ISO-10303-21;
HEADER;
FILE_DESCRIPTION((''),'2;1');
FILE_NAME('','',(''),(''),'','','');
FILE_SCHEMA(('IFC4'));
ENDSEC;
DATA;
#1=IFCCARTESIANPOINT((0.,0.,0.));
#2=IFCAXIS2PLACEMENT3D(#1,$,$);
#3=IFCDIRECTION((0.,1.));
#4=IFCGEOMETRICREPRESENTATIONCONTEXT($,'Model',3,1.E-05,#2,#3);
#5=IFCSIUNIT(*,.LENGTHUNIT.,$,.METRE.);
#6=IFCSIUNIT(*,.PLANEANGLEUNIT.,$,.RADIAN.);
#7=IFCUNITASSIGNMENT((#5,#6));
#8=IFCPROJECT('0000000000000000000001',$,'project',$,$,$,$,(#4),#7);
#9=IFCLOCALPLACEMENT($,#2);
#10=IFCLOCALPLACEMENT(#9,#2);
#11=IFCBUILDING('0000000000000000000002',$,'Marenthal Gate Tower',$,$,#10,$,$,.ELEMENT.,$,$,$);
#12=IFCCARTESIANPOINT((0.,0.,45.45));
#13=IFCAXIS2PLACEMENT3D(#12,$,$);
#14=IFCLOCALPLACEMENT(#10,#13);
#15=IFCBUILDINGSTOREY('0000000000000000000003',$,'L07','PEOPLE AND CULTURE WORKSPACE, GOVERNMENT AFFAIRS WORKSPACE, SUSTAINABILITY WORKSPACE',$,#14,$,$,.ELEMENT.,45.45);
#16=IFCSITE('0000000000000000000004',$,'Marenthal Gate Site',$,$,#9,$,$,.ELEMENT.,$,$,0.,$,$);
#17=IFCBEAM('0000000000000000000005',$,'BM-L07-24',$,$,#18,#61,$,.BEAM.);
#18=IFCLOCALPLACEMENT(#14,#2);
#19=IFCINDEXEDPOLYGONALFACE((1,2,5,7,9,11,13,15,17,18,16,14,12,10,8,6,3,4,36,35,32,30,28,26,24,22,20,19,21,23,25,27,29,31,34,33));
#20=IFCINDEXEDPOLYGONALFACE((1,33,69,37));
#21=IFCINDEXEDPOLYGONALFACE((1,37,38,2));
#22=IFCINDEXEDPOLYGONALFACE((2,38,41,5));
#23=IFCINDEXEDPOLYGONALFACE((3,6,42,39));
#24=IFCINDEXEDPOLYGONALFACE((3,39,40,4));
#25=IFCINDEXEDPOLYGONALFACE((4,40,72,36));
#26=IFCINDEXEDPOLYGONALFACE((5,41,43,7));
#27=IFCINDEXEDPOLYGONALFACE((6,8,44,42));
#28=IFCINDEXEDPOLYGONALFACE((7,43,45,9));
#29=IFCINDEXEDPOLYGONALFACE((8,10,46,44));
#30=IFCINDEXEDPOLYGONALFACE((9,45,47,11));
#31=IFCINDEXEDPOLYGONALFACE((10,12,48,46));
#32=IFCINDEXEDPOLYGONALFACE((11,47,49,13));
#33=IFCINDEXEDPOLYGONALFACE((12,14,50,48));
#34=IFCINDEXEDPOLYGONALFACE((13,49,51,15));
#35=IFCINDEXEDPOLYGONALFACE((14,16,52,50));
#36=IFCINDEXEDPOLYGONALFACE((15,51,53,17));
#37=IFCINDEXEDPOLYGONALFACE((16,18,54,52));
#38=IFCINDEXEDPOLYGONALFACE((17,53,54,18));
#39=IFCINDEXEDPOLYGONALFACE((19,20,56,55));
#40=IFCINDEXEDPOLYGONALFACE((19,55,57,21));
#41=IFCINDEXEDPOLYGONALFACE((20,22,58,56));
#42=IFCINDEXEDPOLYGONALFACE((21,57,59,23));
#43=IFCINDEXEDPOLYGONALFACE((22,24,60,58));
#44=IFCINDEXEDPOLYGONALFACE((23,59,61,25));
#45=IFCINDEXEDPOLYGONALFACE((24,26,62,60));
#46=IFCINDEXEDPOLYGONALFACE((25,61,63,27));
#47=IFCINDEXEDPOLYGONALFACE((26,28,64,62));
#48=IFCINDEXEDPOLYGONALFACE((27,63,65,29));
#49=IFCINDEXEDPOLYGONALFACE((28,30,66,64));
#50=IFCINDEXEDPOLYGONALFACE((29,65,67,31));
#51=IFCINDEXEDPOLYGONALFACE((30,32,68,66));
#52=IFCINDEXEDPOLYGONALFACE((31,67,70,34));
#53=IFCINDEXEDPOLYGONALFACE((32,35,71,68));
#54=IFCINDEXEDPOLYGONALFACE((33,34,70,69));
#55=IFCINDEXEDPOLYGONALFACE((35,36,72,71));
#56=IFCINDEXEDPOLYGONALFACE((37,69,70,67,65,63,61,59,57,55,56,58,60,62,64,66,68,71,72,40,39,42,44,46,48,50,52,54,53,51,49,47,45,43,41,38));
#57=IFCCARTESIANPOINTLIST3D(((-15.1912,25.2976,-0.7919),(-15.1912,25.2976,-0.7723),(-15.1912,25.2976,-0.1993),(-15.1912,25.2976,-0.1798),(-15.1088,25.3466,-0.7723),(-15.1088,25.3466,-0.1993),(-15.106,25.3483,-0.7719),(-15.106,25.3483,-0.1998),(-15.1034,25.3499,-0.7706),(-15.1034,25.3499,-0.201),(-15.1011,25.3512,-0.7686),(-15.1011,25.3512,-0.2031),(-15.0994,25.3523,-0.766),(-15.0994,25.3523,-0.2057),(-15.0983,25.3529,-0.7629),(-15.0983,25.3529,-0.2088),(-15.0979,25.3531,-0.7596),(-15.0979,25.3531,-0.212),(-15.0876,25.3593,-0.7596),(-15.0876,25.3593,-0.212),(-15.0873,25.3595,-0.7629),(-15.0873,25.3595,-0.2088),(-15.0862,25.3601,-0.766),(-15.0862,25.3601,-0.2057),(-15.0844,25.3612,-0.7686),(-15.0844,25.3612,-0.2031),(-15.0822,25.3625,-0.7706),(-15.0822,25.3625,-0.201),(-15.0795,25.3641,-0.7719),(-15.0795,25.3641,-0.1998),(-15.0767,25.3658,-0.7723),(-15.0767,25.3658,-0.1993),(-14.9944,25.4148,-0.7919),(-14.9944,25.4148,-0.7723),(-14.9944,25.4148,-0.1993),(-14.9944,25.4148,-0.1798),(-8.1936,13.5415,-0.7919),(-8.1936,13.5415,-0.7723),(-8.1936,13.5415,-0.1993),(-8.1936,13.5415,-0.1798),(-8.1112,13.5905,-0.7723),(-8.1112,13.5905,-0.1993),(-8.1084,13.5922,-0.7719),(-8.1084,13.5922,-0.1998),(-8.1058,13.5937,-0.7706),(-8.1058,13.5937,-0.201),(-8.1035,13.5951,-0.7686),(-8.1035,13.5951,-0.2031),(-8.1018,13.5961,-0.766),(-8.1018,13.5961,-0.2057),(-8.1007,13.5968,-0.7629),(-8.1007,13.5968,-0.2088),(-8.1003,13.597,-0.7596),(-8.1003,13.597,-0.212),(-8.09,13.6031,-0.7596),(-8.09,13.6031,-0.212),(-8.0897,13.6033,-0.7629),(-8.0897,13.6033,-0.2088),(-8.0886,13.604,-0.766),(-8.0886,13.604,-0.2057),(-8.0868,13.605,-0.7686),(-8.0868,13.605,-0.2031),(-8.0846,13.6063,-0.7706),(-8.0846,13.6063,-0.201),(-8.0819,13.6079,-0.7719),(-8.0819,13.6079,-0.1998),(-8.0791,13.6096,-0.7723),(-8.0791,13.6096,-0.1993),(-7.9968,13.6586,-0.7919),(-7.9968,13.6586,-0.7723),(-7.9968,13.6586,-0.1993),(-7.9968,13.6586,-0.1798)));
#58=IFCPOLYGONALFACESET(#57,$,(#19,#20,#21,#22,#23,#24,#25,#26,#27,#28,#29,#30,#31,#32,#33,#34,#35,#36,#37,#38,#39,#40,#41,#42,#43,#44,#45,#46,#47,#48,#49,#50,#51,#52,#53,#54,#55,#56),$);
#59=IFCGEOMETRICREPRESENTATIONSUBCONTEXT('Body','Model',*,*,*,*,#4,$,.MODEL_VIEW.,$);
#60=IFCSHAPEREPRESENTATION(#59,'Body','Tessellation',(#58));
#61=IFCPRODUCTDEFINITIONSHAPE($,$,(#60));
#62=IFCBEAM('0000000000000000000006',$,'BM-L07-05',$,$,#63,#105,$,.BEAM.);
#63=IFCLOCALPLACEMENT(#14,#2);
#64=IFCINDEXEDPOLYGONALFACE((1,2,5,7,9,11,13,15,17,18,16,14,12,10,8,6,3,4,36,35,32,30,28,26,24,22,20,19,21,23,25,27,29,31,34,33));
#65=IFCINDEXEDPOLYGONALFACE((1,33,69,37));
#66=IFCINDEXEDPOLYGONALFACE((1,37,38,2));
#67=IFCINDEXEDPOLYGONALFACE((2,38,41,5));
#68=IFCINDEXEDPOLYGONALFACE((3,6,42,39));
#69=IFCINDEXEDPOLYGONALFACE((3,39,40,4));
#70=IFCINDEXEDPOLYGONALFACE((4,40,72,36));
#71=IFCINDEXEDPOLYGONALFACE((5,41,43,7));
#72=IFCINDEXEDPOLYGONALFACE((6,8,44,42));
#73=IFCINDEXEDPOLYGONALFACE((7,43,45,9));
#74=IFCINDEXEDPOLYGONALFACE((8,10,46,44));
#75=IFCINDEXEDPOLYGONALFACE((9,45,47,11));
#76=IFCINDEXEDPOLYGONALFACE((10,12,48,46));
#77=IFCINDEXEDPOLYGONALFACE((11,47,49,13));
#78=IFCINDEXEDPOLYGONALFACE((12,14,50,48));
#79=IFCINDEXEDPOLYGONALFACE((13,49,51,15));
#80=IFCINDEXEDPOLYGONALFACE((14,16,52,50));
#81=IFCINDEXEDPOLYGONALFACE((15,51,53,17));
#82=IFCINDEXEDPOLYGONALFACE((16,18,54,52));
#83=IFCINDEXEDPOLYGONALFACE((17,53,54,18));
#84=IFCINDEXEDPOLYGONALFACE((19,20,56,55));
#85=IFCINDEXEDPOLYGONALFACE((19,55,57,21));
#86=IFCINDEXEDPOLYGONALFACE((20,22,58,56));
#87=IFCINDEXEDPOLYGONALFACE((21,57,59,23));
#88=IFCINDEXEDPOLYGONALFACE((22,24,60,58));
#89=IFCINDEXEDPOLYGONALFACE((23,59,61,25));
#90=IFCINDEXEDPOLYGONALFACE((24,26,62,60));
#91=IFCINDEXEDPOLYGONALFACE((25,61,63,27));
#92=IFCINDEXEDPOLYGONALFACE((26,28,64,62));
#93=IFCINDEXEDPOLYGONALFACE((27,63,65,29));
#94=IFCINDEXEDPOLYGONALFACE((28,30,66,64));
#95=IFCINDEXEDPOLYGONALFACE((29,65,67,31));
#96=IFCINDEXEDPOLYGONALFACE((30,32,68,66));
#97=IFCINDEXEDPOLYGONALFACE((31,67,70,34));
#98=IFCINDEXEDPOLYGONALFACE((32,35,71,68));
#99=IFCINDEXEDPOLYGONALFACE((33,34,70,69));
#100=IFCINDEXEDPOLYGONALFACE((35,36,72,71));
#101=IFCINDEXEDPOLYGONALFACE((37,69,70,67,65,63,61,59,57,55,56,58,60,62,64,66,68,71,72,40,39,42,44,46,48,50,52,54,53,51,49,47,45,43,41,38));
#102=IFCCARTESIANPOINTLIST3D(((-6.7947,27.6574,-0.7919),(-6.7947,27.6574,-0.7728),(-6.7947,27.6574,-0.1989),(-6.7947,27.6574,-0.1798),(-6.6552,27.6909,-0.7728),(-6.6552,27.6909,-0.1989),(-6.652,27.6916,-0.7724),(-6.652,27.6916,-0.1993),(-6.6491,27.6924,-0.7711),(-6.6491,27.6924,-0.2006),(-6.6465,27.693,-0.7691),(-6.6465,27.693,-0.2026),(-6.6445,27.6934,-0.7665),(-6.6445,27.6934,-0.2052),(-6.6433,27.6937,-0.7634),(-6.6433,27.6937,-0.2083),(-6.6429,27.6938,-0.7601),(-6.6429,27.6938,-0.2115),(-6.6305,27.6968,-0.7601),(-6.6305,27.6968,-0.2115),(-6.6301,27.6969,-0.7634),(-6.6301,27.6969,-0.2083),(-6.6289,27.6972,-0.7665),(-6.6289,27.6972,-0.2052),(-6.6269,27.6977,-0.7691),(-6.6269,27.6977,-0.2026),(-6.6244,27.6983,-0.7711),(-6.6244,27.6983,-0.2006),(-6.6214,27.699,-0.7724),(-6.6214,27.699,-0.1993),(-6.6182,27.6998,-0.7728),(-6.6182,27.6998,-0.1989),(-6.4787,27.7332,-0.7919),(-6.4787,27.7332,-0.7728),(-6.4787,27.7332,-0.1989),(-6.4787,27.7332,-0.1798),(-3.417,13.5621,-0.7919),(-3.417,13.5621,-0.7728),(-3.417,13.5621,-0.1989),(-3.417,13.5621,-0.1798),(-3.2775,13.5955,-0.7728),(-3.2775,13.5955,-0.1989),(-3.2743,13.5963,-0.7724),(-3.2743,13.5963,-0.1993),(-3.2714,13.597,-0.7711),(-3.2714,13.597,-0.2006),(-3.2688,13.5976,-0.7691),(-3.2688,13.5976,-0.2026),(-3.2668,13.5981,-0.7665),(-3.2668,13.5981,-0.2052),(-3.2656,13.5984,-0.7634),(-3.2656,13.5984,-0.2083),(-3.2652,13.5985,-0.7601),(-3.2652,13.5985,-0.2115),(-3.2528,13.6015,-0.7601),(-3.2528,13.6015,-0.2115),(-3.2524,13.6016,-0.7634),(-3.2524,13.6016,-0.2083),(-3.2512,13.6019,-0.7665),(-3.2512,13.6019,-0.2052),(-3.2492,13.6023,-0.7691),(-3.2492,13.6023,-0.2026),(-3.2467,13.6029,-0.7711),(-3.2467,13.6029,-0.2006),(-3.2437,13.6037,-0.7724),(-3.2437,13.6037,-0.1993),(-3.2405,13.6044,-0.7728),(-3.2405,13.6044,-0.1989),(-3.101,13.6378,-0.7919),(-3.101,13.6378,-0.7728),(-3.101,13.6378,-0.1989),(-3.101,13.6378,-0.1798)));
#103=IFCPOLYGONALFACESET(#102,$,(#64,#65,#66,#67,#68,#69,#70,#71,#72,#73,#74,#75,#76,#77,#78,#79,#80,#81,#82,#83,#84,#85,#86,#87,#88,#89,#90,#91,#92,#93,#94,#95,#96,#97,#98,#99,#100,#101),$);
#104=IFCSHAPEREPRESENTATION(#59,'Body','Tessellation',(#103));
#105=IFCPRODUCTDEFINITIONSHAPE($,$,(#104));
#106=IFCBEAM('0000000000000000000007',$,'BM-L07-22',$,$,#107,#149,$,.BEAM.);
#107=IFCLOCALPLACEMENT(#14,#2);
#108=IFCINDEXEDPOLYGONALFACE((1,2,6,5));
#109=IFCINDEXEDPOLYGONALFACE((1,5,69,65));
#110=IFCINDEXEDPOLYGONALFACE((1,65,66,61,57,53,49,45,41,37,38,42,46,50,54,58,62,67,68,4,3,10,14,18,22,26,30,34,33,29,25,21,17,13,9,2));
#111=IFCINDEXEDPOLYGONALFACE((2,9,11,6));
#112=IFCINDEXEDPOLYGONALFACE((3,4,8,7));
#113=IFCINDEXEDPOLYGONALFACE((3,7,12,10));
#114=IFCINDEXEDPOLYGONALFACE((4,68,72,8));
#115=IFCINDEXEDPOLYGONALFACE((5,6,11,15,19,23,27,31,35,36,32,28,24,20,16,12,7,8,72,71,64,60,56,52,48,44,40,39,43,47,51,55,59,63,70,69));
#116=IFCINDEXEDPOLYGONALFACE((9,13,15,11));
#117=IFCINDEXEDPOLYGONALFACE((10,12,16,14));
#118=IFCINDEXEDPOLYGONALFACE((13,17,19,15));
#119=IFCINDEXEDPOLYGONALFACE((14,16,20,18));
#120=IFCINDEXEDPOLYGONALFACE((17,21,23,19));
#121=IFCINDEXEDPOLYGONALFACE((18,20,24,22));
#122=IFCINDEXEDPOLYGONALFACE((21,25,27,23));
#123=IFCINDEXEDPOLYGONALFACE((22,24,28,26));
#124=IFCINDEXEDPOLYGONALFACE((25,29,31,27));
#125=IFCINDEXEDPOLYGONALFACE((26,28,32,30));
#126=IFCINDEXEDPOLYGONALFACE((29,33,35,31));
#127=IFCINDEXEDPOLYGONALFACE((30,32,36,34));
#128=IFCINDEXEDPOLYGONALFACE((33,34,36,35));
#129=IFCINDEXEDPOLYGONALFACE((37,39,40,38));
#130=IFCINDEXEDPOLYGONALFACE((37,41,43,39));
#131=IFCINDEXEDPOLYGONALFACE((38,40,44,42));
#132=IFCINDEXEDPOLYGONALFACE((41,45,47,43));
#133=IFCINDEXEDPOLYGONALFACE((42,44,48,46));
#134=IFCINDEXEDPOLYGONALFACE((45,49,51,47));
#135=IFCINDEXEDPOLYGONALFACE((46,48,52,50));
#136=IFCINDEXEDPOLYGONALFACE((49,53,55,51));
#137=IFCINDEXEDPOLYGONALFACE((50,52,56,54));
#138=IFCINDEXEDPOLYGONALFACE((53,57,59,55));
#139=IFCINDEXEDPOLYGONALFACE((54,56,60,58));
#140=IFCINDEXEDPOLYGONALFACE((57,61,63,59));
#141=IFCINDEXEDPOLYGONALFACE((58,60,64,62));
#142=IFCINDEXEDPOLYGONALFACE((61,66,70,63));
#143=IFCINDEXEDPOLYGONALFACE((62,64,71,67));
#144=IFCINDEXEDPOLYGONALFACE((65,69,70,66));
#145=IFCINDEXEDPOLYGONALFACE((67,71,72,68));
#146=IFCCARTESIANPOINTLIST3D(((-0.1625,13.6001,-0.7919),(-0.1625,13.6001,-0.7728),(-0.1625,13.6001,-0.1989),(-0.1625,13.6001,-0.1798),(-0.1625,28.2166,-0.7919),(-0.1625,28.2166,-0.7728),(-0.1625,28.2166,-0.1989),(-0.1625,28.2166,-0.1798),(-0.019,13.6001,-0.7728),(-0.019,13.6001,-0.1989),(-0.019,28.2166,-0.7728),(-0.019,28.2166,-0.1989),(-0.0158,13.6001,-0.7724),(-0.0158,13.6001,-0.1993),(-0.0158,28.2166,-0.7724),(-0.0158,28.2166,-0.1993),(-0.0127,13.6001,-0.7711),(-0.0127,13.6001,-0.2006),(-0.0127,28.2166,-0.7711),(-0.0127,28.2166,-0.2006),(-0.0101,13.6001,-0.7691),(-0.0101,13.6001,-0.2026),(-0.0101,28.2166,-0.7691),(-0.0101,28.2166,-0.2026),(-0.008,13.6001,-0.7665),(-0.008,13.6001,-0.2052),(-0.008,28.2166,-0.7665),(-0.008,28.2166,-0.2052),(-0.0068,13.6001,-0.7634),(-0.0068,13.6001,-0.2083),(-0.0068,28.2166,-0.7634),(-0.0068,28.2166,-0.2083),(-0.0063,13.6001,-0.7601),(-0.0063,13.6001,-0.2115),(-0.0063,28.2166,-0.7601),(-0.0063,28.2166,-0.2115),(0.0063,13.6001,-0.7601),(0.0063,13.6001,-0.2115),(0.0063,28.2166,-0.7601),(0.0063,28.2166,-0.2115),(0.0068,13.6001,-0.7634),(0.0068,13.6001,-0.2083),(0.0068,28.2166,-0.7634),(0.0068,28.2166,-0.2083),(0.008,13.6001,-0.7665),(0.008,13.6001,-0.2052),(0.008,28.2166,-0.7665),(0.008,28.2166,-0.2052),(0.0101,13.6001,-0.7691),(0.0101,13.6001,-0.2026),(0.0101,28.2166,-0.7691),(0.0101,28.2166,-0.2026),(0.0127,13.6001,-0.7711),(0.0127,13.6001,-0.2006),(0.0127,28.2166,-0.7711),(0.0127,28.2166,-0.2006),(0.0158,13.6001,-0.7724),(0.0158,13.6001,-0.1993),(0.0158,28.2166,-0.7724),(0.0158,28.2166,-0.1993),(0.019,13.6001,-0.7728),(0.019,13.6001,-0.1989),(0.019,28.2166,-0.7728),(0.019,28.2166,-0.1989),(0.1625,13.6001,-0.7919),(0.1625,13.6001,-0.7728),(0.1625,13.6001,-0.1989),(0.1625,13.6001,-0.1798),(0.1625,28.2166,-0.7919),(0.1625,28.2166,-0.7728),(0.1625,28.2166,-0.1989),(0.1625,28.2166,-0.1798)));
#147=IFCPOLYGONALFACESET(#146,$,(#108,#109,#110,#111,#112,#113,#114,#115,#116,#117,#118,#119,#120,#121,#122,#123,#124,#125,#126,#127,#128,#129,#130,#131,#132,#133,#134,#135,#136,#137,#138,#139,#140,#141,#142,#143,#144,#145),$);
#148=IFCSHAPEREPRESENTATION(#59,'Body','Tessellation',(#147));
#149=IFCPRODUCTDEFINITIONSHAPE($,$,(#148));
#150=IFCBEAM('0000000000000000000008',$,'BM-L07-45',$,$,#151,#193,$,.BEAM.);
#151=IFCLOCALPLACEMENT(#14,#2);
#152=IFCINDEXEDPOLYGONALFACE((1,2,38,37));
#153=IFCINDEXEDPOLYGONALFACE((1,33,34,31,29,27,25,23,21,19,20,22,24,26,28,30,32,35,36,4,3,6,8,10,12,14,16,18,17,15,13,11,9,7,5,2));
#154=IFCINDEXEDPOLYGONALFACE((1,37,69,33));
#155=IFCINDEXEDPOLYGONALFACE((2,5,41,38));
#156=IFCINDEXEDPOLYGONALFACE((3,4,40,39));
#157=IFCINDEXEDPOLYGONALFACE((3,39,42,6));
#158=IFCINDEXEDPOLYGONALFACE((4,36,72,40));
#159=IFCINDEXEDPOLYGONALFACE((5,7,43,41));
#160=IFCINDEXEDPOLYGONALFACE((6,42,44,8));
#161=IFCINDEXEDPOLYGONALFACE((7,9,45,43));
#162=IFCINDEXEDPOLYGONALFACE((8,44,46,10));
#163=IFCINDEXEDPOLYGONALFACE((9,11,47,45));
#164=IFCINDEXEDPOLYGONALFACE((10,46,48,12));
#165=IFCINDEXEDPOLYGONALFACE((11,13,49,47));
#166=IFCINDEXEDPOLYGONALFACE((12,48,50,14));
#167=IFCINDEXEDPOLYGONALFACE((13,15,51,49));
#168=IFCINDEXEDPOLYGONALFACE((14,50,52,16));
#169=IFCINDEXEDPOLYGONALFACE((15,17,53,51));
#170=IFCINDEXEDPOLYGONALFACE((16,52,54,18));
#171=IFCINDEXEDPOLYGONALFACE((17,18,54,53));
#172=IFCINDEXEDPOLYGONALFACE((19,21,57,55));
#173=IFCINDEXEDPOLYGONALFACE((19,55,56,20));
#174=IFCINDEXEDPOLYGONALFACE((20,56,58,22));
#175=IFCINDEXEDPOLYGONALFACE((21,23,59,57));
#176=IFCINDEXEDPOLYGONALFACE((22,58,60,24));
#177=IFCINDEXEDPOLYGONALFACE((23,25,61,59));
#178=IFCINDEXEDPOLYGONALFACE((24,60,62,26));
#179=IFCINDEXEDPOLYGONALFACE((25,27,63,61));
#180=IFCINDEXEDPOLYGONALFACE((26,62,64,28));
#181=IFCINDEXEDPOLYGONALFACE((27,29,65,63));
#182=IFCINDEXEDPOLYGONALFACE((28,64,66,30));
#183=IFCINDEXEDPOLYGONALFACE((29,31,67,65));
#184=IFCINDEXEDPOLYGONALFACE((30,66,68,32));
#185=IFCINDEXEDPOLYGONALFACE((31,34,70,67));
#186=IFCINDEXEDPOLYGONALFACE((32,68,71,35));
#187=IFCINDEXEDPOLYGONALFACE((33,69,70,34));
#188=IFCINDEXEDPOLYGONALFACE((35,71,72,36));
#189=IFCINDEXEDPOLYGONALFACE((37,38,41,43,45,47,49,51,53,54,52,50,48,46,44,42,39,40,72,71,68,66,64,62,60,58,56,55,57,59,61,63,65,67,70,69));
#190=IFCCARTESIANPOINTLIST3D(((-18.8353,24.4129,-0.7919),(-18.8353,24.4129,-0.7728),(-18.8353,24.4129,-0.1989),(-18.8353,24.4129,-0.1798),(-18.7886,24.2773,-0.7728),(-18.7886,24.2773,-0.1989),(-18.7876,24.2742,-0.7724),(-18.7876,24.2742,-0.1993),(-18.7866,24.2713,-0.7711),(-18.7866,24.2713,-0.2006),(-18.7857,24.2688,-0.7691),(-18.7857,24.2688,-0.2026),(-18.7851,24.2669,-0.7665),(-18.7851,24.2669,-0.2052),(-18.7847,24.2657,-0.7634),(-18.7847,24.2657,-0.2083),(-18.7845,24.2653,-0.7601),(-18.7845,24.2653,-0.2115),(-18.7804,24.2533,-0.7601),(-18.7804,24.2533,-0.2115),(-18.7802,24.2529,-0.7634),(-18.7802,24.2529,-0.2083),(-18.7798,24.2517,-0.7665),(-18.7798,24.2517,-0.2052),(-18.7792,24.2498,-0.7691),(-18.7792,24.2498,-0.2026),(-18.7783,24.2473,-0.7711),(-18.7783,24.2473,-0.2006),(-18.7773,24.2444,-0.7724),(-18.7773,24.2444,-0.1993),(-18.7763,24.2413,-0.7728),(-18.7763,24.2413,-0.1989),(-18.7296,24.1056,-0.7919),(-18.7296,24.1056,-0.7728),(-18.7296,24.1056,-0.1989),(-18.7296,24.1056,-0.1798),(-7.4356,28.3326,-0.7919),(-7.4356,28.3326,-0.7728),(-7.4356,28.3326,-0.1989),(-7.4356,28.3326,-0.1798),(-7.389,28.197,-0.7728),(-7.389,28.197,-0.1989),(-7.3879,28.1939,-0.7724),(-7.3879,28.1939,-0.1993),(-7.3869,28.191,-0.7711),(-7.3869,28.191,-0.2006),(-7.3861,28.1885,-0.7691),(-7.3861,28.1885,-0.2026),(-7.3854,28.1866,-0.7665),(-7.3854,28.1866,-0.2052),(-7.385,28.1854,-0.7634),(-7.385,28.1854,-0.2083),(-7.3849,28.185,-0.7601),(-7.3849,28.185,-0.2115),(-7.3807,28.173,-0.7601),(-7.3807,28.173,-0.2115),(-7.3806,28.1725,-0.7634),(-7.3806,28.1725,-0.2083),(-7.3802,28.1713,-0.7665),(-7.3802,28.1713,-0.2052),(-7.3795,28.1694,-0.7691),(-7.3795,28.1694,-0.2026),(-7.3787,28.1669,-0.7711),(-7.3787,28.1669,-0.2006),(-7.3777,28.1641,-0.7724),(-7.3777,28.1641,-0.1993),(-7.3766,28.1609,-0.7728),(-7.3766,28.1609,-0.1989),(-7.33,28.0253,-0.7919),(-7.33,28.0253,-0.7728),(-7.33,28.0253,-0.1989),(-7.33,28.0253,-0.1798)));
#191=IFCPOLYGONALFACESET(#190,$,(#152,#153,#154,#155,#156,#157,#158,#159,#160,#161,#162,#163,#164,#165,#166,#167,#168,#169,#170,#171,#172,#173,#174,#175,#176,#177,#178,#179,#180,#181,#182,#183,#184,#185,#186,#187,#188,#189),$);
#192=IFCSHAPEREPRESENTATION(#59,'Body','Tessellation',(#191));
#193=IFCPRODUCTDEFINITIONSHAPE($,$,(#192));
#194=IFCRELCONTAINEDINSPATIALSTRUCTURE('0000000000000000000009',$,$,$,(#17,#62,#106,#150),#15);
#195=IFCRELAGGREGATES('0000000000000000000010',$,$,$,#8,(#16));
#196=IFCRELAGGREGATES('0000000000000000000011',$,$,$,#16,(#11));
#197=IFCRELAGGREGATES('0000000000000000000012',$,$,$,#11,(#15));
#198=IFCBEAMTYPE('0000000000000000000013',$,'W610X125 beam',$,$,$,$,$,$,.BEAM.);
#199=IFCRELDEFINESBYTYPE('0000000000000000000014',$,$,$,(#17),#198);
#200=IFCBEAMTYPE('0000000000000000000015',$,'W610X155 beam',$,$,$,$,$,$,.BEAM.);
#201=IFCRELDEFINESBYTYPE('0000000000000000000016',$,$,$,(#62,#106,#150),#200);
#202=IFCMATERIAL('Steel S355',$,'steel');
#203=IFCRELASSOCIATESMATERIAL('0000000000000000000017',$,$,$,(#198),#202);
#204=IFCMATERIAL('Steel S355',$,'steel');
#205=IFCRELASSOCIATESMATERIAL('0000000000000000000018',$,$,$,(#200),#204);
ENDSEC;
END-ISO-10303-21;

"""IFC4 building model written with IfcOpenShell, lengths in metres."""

from ifc_helpers import new_model, si_unit, direction, frame, origin, origin_2d, place, context, subcontext, project, spatial, i_section, extrude, material, material_profile, profile_set, type_object, element, save


model = new_model("IFC4")

# Units and contexts
model_context = context("Model", 3, precision=1e-05, world=origin(), true_north=direction((0.0, 1.0)))
body_context = subcontext(model_context, "Body", "Model", "MODEL_VIEW")
ifc_project = project(units=[si_unit("LENGTHUNIT", "METRE"), si_unit("PLANEANGLEUNIT", "RADIAN")], contexts=[model_context])

# Site, building, storey
site_placement = place(None, origin())
site = spatial("IfcSite", under=ifc_project, at=site_placement, Name="Marenthal Gate Site", CompositionType="ELEMENT", RefElevation=0.0)
building_placement = place(site_placement, origin())
building = spatial("IfcBuilding", under=site, at=building_placement, Name="Marenthal Gate Tower", CompositionType="ELEMENT")
storey_placement = place(building_placement, frame((0.0, 0.0, 45.45)))
storey = spatial("IfcBuildingStorey", under=building, at=storey_placement, Name="L07", Description="PEOPLE AND CULTURE WORKSPACE, GOVERNMENT AFFAIRS WORKSPACE, SUSTAINABILITY WORKSPACE", CompositionType="ELEMENT", Elevation=45.45)

# Beams
ifc_material_1 = material(Name="Steel S355", Category="steel")
ifc_material_profile_1 = material_profile(ifc_material_1, i_section(OverallWidth=0.229, OverallDepth=0.6121, WebThickness=0.012, FlangeThickness=0.0195, FilletRadius=0.0127, at=origin_2d()), Name="W610X125")
ifc_profile_set_1 = profile_set([ifc_material_profile_1], Name="Steel S355")
beam_type_1 = type_object("IfcBeamType", Name="W610X125 beam", PredefinedType="BEAM", material=ifc_profile_set_1)
beam_1_placement = place(storey_placement, frame((-15.0928, 25.3562, -0.4858), z_axis=(0.511477, -0.859297, 0.0), x_axis=(0.859297, 0.511477, 0.0)))
element("IfcBeam", 1, at=beam_1_placement, inside=storey, type_object=beam_type_1, Name="BM-L07-24", PredefinedType="BEAM", context=body_context, shape_type="SweptSolid", body=[
    extrude(i_section(OverallWidth=0.229, OverallDepth=0.6121, WebThickness=0.012, FlangeThickness=0.0195, FilletRadius=0.0127, at=origin_2d()), origin(), (0.0, 0.0, 1.0), 13.6812),
])
ifc_material_2 = material(Name="Steel S355", Category="steel")
ifc_material_profile_2 = material_profile(ifc_material_2, i_section(OverallWidth=0.325, OverallDepth=0.6121, WebThickness=0.0127, FlangeThickness=0.019, FilletRadius=0.0127, at=origin_2d()), Name="W610X155")
ifc_profile_set_2 = profile_set([ifc_material_profile_2], Name="Steel S355")
beam_type_2 = type_object("IfcBeamType", Name="W610X155 beam", PredefinedType="BEAM", material=ifc_profile_set_2)
beam_2_placement = place(storey_placement, frame((-6.6367, 27.6953, -0.4858), z_axis=(0.233036, -0.972468, 0.0), x_axis=(0.972468, 0.233036, 0.0)))
element("IfcBeam", 2, at=beam_2_placement, inside=storey, type_object=beam_type_2, Name="BM-L07-05", PredefinedType="BEAM", context=body_context, shape_type="SweptSolid", body=[
    extrude(i_section(OverallWidth=0.325, OverallDepth=0.6121, WebThickness=0.0127, FlangeThickness=0.019, FilletRadius=0.0127, at=origin_2d()), origin(), (0.0, 0.0, 1.0), 14.4944),
])
beam_3_placement = place(storey_placement, frame((0.0, 28.2166, -0.4858), z_axis=(0.0, -1.0, 0.0), x_axis=(1.0, 0.0, 0.0)))
element("IfcBeam", 3, at=beam_3_placement, inside=storey, type_object=beam_type_2, Name="BM-L07-22", PredefinedType="BEAM", context=body_context, shape_type="SweptSolid", body=[
    extrude(i_section(OverallWidth=0.325, OverallDepth=0.6121, WebThickness=0.0127, FlangeThickness=0.019, FilletRadius=0.0127, at=origin_2d()), origin(), (0.0, 0.0, 1.0), 14.6165),
])
beam_4_placement = place(storey_placement, frame((-7.3828, 28.179, -0.4858), z_axis=(-0.94566, -0.325157, 0.0), x_axis=(0.325157, -0.94566, 0.0)))
element("IfcBeam", 4, at=beam_4_placement, inside=storey, type_object=beam_type_2, Name="BM-L07-45", PredefinedType="BEAM", context=body_context, shape_type="SweptSolid", body=[
    extrude(i_section(OverallWidth=0.325, OverallDepth=0.6121, WebThickness=0.0127, FlangeThickness=0.019, FilletRadius=0.0127, at=origin_2d()), origin(), (0.0, 0.0, 1.0), 12.0547),
])

save(model, "model.ifc")
